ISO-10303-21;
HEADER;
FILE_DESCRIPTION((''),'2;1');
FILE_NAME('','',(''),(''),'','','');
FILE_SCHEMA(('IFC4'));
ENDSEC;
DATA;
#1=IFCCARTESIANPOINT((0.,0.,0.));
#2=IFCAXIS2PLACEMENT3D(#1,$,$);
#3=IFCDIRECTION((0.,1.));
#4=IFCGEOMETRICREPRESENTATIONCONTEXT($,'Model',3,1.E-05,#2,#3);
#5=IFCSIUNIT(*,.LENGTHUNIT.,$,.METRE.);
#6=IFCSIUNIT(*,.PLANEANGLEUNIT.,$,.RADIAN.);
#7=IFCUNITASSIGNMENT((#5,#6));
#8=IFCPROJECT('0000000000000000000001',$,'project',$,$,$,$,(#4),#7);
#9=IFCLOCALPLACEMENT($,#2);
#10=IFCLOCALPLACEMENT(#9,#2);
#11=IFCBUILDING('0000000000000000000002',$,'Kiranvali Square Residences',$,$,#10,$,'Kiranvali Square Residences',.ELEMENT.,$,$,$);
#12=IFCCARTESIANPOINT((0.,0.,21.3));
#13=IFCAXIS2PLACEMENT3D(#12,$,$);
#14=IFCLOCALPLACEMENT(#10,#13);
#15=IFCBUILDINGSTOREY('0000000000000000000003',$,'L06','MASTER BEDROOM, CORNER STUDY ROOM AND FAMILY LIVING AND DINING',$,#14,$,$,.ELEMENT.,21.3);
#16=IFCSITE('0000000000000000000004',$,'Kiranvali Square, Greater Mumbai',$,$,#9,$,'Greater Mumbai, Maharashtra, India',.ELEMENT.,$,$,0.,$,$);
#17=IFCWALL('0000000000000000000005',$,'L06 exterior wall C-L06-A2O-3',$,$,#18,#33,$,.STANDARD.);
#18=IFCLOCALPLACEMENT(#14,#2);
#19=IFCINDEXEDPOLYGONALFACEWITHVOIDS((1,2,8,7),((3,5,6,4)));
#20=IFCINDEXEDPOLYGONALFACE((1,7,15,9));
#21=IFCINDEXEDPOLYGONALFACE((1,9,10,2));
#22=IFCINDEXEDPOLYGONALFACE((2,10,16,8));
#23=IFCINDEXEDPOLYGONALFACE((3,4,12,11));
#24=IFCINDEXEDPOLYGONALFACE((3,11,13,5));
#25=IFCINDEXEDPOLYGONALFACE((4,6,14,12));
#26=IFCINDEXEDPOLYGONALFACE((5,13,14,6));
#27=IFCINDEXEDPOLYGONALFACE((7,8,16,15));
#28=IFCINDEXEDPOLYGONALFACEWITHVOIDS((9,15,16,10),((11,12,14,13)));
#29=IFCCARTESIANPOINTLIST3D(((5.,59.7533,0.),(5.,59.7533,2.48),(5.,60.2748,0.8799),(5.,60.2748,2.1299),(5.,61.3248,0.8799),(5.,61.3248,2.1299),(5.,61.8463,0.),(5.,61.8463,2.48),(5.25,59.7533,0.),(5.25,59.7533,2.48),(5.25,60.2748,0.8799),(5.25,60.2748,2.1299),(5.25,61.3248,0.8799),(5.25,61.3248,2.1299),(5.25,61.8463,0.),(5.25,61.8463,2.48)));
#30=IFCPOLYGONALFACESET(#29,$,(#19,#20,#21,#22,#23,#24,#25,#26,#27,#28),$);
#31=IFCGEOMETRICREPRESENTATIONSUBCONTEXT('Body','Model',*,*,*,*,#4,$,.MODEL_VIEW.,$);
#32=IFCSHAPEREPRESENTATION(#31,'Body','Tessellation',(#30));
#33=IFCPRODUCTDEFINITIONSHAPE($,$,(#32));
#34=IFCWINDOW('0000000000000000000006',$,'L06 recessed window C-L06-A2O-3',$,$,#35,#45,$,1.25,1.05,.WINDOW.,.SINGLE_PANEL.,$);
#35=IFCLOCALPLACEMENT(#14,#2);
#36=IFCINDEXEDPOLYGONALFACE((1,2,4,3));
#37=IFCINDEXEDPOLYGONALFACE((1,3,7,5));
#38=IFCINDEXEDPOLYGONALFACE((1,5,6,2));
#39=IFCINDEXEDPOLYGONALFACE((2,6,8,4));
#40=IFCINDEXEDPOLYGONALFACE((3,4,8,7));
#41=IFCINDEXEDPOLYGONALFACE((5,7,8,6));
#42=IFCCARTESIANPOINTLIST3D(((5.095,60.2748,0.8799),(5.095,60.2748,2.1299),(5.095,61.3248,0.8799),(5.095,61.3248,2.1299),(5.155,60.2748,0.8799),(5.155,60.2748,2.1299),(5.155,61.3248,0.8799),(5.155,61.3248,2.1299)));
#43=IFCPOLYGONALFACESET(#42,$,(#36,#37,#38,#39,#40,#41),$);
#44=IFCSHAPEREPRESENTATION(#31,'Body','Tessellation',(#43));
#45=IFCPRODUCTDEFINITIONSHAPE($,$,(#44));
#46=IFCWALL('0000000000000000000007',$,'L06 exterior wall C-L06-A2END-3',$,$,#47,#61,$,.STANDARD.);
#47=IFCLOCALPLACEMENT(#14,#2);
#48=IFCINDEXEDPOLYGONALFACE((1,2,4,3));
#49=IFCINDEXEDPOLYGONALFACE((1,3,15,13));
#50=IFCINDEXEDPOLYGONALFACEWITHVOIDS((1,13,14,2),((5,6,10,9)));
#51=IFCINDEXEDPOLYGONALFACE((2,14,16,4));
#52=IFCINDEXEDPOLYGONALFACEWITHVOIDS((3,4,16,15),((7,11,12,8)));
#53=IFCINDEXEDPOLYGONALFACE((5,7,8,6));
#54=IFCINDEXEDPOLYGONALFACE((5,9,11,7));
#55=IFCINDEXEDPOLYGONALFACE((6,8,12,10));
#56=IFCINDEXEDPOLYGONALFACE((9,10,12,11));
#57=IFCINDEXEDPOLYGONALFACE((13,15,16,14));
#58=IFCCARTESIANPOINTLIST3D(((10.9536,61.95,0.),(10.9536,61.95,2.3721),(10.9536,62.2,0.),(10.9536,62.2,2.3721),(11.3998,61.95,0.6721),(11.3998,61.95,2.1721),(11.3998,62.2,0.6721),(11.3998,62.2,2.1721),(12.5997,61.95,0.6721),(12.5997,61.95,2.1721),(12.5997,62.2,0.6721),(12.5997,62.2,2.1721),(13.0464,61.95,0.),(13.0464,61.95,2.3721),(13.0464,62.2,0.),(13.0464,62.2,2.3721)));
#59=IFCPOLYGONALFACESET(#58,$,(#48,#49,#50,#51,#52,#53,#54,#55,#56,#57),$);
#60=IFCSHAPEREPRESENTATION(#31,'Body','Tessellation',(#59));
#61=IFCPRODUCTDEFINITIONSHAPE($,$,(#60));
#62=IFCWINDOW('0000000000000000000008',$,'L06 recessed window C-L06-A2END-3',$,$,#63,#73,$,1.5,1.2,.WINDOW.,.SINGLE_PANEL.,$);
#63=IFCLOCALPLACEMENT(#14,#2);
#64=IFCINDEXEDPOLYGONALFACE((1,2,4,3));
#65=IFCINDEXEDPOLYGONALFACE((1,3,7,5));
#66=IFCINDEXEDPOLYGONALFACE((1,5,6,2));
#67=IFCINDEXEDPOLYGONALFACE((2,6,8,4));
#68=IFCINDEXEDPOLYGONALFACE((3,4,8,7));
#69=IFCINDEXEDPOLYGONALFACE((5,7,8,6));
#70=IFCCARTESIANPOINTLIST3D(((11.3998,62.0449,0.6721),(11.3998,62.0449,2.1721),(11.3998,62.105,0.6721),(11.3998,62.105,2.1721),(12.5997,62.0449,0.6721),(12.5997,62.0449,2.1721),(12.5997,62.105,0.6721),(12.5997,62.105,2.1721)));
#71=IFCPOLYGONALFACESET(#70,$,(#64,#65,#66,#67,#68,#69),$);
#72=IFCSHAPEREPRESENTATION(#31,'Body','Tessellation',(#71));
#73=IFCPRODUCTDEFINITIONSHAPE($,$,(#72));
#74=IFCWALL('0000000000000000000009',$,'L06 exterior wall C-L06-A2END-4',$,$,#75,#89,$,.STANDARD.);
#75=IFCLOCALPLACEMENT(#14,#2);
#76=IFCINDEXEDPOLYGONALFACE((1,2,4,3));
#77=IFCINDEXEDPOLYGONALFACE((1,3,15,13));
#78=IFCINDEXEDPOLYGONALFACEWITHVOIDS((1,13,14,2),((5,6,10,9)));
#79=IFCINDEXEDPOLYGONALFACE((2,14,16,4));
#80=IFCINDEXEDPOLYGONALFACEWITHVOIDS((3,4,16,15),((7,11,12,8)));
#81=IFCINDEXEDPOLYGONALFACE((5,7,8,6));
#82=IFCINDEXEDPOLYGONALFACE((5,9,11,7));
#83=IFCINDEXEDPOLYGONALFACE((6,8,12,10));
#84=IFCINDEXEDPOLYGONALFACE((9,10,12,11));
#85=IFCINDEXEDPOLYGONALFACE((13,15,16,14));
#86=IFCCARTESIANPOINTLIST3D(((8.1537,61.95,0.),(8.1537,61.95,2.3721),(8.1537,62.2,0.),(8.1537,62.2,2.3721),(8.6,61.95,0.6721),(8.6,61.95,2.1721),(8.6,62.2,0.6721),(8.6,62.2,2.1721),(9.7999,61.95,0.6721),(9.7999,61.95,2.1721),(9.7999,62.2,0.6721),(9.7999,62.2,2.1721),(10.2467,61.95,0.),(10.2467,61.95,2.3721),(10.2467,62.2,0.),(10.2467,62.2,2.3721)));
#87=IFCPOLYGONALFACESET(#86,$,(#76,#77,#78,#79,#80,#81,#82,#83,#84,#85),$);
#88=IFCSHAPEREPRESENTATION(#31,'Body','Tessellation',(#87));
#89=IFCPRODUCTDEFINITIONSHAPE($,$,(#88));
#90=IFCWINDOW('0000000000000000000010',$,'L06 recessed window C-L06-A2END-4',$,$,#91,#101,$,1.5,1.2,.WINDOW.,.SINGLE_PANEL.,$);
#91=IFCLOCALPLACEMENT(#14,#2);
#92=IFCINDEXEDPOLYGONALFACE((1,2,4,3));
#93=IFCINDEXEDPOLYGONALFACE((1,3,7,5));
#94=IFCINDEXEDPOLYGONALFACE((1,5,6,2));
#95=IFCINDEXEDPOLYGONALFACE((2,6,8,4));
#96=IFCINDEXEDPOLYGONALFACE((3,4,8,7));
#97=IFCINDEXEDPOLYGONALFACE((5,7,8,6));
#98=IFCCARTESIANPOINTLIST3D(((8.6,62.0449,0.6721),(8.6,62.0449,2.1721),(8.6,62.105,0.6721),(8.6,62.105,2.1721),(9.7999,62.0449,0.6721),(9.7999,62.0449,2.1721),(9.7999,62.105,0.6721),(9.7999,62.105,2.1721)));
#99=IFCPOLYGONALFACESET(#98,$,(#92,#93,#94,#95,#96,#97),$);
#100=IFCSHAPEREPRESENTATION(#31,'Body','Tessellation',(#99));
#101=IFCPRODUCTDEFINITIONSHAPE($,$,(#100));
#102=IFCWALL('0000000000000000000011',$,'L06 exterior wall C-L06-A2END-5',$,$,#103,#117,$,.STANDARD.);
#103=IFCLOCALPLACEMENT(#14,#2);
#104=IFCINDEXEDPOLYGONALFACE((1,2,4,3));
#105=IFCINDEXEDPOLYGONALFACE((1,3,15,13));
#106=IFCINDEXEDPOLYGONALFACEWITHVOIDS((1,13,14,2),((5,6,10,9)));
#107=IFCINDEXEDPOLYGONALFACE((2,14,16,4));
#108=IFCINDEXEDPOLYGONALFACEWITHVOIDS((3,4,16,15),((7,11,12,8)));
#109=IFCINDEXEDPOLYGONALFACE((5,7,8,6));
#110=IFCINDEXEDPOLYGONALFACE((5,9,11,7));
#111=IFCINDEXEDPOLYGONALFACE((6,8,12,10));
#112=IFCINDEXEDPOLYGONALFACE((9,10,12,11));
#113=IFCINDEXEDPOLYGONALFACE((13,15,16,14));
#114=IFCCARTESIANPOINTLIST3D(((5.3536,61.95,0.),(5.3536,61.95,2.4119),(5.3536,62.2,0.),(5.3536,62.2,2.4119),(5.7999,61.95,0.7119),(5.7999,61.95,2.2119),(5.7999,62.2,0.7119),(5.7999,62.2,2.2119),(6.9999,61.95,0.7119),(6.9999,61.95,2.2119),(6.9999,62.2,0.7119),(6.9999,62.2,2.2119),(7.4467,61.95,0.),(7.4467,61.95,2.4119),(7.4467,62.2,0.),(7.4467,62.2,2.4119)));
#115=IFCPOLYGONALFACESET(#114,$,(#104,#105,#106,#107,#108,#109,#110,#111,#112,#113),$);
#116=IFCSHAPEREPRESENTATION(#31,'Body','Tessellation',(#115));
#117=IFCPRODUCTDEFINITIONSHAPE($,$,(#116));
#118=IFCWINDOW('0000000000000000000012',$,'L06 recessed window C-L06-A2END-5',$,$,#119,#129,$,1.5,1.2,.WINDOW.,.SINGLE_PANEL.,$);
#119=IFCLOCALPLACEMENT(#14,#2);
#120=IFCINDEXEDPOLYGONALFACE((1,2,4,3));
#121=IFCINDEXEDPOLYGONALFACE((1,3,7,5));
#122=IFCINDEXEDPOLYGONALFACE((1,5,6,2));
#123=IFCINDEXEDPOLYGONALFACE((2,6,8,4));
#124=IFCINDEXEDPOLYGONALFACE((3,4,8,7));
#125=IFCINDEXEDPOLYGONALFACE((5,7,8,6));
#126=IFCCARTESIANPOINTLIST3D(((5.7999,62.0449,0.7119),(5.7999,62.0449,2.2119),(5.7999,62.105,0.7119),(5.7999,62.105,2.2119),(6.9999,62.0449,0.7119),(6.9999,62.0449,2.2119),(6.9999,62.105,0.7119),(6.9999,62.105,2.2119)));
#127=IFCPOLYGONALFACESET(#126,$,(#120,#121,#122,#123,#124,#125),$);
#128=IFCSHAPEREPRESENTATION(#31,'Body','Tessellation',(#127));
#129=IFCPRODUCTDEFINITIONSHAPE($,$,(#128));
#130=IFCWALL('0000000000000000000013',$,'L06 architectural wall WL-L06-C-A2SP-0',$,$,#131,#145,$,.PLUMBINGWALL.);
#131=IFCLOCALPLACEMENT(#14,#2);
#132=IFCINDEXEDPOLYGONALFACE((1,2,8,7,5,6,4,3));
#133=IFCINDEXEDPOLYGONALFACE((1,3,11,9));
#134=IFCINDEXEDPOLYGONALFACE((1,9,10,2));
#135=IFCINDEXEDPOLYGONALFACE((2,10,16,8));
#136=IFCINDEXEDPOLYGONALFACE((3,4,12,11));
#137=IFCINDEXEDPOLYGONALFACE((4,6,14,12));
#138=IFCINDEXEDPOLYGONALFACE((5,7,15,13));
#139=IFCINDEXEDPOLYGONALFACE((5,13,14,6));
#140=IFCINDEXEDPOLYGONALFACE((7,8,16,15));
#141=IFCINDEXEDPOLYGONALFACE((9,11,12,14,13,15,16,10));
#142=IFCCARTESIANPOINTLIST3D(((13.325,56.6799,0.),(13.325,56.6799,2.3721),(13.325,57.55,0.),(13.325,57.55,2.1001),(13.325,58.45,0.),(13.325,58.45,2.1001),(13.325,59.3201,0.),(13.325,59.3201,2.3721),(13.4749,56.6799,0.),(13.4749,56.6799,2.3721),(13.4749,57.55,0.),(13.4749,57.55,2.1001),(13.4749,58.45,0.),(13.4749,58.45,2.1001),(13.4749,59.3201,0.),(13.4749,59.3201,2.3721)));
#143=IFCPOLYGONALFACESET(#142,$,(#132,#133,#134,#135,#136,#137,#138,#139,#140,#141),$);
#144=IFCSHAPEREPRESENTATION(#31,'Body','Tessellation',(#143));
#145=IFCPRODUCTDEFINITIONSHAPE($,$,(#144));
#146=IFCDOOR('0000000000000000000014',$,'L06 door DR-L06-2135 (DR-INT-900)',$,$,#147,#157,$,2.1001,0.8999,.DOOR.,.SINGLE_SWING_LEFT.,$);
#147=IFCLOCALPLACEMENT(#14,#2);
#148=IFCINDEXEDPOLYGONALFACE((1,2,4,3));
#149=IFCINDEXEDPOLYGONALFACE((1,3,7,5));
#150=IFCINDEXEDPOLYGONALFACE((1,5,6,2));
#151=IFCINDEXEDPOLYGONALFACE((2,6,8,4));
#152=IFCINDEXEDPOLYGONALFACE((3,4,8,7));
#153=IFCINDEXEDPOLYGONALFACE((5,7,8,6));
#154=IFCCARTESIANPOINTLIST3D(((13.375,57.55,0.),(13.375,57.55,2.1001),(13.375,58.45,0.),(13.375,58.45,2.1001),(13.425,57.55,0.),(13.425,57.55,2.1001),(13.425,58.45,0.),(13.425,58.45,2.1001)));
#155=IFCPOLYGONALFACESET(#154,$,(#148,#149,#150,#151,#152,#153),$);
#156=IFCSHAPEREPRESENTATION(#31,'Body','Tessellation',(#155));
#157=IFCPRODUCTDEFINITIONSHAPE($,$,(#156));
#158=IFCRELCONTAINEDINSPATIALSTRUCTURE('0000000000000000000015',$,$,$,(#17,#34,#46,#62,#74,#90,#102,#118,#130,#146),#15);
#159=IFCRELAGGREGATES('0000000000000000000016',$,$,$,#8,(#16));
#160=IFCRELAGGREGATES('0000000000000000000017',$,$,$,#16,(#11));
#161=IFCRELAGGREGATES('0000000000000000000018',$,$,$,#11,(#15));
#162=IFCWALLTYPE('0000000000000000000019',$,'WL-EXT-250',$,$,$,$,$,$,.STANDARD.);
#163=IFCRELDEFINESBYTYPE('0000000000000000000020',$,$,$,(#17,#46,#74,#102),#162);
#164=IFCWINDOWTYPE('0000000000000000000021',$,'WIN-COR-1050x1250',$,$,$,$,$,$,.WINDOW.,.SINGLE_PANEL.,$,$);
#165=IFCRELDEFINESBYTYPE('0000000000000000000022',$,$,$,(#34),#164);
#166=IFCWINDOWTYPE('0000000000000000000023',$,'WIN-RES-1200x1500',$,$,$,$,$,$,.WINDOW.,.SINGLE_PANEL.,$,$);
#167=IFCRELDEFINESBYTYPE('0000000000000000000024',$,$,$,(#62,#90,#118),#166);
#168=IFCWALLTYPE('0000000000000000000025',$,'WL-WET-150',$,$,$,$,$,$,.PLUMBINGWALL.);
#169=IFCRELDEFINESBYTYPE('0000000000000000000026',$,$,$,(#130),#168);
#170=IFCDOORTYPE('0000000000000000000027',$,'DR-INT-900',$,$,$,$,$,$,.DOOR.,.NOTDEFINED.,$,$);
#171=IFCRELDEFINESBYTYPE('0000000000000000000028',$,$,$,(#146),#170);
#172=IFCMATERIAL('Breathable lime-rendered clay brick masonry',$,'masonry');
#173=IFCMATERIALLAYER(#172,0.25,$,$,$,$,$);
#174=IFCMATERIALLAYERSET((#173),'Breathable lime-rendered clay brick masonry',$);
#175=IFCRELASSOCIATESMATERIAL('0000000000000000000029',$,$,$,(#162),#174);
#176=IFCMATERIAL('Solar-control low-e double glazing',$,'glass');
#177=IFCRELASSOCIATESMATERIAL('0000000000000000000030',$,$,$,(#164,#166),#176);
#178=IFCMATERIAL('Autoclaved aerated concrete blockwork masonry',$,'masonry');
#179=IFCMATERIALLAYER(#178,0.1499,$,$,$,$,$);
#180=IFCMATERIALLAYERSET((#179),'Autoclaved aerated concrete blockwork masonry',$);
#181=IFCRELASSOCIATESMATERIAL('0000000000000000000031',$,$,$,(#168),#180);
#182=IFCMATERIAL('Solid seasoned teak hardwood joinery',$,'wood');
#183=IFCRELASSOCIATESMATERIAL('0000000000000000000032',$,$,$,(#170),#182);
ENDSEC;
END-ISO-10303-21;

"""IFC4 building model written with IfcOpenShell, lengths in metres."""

from ifc_helpers import new_model, si_unit, direction, frame, frame_2d, origin, place, context, subcontext, project, spatial, rectangle, extrude, material, layer, layer_set, type_object, element, fill, save


model = new_model("IFC4")

# Units and contexts
model_context = context("Model", 3, precision=1e-05, world=origin(), true_north=direction((0.0, 1.0)))
body_context = subcontext(model_context, "Body", "Model", "MODEL_VIEW")
ifc_project = project(units=[si_unit("LENGTHUNIT", "METRE"), si_unit("PLANEANGLEUNIT", "RADIAN")], contexts=[model_context])

# Site, building, storey
site_placement = place(None, origin())
site = spatial("IfcSite", under=ifc_project, at=site_placement, Name="Kiranvali Square, Greater Mumbai", LongName="Greater Mumbai, Maharashtra, India", CompositionType="ELEMENT", RefElevation=0.0)
building_placement = place(site_placement, origin())
building = spatial("IfcBuilding", under=site, at=building_placement, Name="Kiranvali Square Residences", LongName="Kiranvali Square Residences", CompositionType="ELEMENT")
storey_placement = place(building_placement, frame((0.0, 0.0, 21.3)))
storey = spatial("IfcBuildingStorey", under=building, at=storey_placement, Name="L06", Description="MASTER BEDROOM, CORNER STUDY ROOM AND FAMILY LIVING AND DINING", CompositionType="ELEMENT", Elevation=21.3)

# Walls, openings, windows
ifc_material_1 = material(Name="Breathable lime-rendered clay brick masonry", Category="masonry")
ifc_layer_1 = layer(ifc_material_1, 0.25)
ifc_layer_set_1 = layer_set([ifc_layer_1], Name="Breathable lime-rendered clay brick masonry")
wall_type_1 = type_object("IfcWallType", Name="WL-EXT-250", PredefinedType="STANDARD", material=ifc_layer_set_1)
ifc_material_2 = material(Name="Solar-control low-e double glazing", Category="glass")
window_type_1 = type_object("IfcWindowType", Name="WIN-COR-1050x1250", PartitioningType="SINGLE_PANEL", PredefinedType="WINDOW", material=ifc_material_2)
wall_1_placement = place(storey_placement, frame((5.125, 59.7534, 0.0), z_axis=(0.0, 0.0, 1.0), x_axis=(0.0, 1.0, 0.0)))
wall_1 = element("IfcWall", 1, at=wall_1_placement, inside=storey, type_object=wall_type_1, Name="L06 exterior wall C-L06-A2O-3", PredefinedType="STANDARD", context=body_context, shape_type="SweptSolid", body=[
    extrude(rectangle(XDim=2.093, YDim=0.25, at=frame_2d((1.0464, 0.0))), origin(), (0.0, 0.0, 1.0), 2.48),
])
opening_1_placement = place(wall_1_placement, frame((0.5215, 0.0, 0.8799)))
opening_1 = element("IfcOpeningElement", 2, at=opening_1_placement, cuts=wall_1, PredefinedType="OPENING", context=body_context, shape_type="SweptSolid", body=[
    extrude(rectangle(XDim=1.05, YDim=1.25, at=frame_2d((0.5249, 0.625))), frame((0.0, 0.135, 0.0), z_axis=(0.0, -1.0, 0.0), x_axis=(1.0, 0.0, 0.0)), (0.0, 0.0, 1.0), 0.27),
])
window_1_placement = place(opening_1_placement, origin())
window_1 = element("IfcWindow", 3, at=window_1_placement, inside=storey, type_object=window_type_1, Name="L06 recessed window C-L06-A2O-3", OverallHeight=1.25, OverallWidth=1.05, PartitioningType="SINGLE_PANEL", PredefinedType="WINDOW", context=body_context, shape_type="SweptSolid", body=[
    extrude(rectangle(XDim=1.05, YDim=1.25, at=frame_2d((0.5249, 0.625))), frame((0.0, 0.03, 0.0), z_axis=(0.0, -1.0, 0.0), x_axis=(1.0, 0.0, 0.0)), (0.0, 0.0, 1.0), 0.0601),
])
fill(opening_1, window_1)
wall_2_placement = place(storey_placement, frame((13.0464, 62.075, 0.0), z_axis=(0.0, 0.0, 1.0), x_axis=(-1.0, 0.0, 0.0)))
wall_2 = element("IfcWall", 4, at=wall_2_placement, inside=storey, type_object=wall_type_1, Name="L06 exterior wall C-L06-A2END-3", PredefinedType="STANDARD", context=body_context, shape_type="SweptSolid", body=[
    extrude(rectangle(XDim=2.0928, YDim=0.25, at=frame_2d((1.0464, 0.0))), origin(), (0.0, 0.0, 1.0), 2.3721),
])
opening_2_placement = place(wall_2_placement, frame((0.4465, 0.0, 0.6721)))
opening_2 = element("IfcOpeningElement", 5, at=opening_2_placement, cuts=wall_2, PredefinedType="OPENING", context=body_context, shape_type="SweptSolid", body=[
    extrude(rectangle(XDim=1.2, YDim=1.5, at=frame_2d((0.6001, 0.75))), frame((0.0, 0.135, 0.0), z_axis=(0.0, -1.0, 0.0), x_axis=(1.0, 0.0, 0.0)), (0.0, 0.0, 1.0), 0.27),
])
window_type_2 = type_object("IfcWindowType", Name="WIN-RES-1200x1500", PartitioningType="SINGLE_PANEL", PredefinedType="WINDOW", material=ifc_material_2)
window_2_placement = place(opening_2_placement, origin())
window_2 = element("IfcWindow", 6, at=window_2_placement, inside=storey, type_object=window_type_2, Name="L06 recessed window C-L06-A2END-3", OverallHeight=1.5, OverallWidth=1.2, PartitioningType="SINGLE_PANEL", PredefinedType="WINDOW", context=body_context, shape_type="SweptSolid", body=[
    extrude(rectangle(XDim=1.2, YDim=1.5, at=frame_2d((0.6001, 0.75))), frame((0.0, 0.03, 0.0), z_axis=(0.0, -1.0, 0.0), x_axis=(1.0, 0.0, 0.0)), (0.0, 0.0, 1.0), 0.0601),
])
fill(opening_2, window_2)
wall_3_placement = place(storey_placement, frame((10.2466, 62.075, 0.0), z_axis=(0.0, 0.0, 1.0), x_axis=(-1.0, 0.0, 0.0)))
wall_3 = element("IfcWall", 7, at=wall_3_placement, inside=storey, type_object=wall_type_1, Name="L06 exterior wall C-L06-A2END-4", PredefinedType="STANDARD", context=body_context, shape_type="SweptSolid", body=[
    extrude(rectangle(XDim=2.093, YDim=0.25, at=frame_2d((1.0464, 0.0))), origin(), (0.0, 0.0, 1.0), 2.3721),
])
opening_3_placement = place(wall_3_placement, frame((0.4465, 0.0, 0.6721)))
opening_3 = element("IfcOpeningElement", 8, at=opening_3_placement, cuts=wall_3, PredefinedType="OPENING", context=body_context, shape_type="SweptSolid", body=[
    extrude(rectangle(XDim=1.2, YDim=1.5, at=frame_2d((0.6001, 0.75))), frame((0.0, 0.135, 0.0), z_axis=(0.0, -1.0, 0.0), x_axis=(1.0, 0.0, 0.0)), (0.0, 0.0, 1.0), 0.27),
])
window_3_placement = place(opening_3_placement, origin())
window_3 = element("IfcWindow", 9, at=window_3_placement, inside=storey, type_object=window_type_2, Name="L06 recessed window C-L06-A2END-4", OverallHeight=1.5, OverallWidth=1.2, PartitioningType="SINGLE_PANEL", PredefinedType="WINDOW", context=body_context, shape_type="SweptSolid", body=[
    extrude(rectangle(XDim=1.2, YDim=1.5, at=frame_2d((0.6001, 0.75))), frame((0.0, 0.03, 0.0), z_axis=(0.0, -1.0, 0.0), x_axis=(1.0, 0.0, 0.0)), (0.0, 0.0, 1.0), 0.0601),
])
fill(opening_3, window_3)
wall_4_placement = place(storey_placement, frame((7.4465, 62.075, 0.0), z_axis=(0.0, 0.0, 1.0), x_axis=(-1.0, 0.0, 0.0)))
wall_4 = element("IfcWall", 10, at=wall_4_placement, inside=storey, type_object=wall_type_1, Name="L06 exterior wall C-L06-A2END-5", PredefinedType="STANDARD", context=body_context, shape_type="SweptSolid", body=[
    extrude(rectangle(XDim=2.093, YDim=0.25, at=frame_2d((1.0464, 0.0))), origin(), (0.0, 0.0, 1.0), 2.4119),
])
opening_4_placement = place(wall_4_placement, frame((0.4465, 0.0, 0.7119)))
opening_4 = element("IfcOpeningElement", 11, at=opening_4_placement, cuts=wall_4, PredefinedType="OPENING", context=body_context, shape_type="SweptSolid", body=[
    extrude(rectangle(XDim=1.2, YDim=1.5, at=frame_2d((0.6001, 0.75))), frame((0.0, 0.135, 0.0), z_axis=(0.0, -1.0, 0.0), x_axis=(1.0, 0.0, 0.0)), (0.0, 0.0, 1.0), 0.27),
])
window_4_placement = place(opening_4_placement, origin())
window_4 = element("IfcWindow", 12, at=window_4_placement, inside=storey, type_object=window_type_2, Name="L06 recessed window C-L06-A2END-5", OverallHeight=1.5, OverallWidth=1.2, PartitioningType="SINGLE_PANEL", PredefinedType="WINDOW", context=body_context, shape_type="SweptSolid", body=[
    extrude(rectangle(XDim=1.2, YDim=1.5, at=frame_2d((0.6001, 0.75))), frame((0.0, 0.03, 0.0), z_axis=(0.0, -1.0, 0.0), x_axis=(1.0, 0.0, 0.0)), (0.0, 0.0, 1.0), 0.0601),
])
fill(opening_4, window_4)

# Wall, opening, door
ifc_material_3 = material(Name="Autoclaved aerated concrete blockwork masonry", Category="masonry")
ifc_layer_2 = layer(ifc_material_3, 0.1499)
ifc_layer_set_2 = layer_set([ifc_layer_2], Name="Autoclaved aerated concrete blockwork masonry")
wall_type_2 = type_object("IfcWallType", Name="WL-WET-150", PredefinedType="PLUMBINGWALL", material=ifc_layer_set_2)
wall_5_placement = place(storey_placement, frame((13.3999, 56.6799, 0.0), z_axis=(0.0, 0.0, 1.0), x_axis=(0.0, 1.0, 0.0)))
wall_5 = element("IfcWall", 13, at=wall_5_placement, inside=storey, type_object=wall_type_2, Name="L06 architectural wall WL-L06-C-A2SP-0", PredefinedType="PLUMBINGWALL", context=body_context, shape_type="SweptSolid", body=[
    extrude(rectangle(XDim=2.6401, YDim=0.1499, at=frame_2d((1.3201, 0.0))), origin(), (0.0, 0.0, 1.0), 2.3721),
])
opening_5_placement = place(wall_5_placement, frame((0.8701, 0.0, 0.0)))
opening_5 = element("IfcOpeningElement", 14, at=opening_5_placement, cuts=wall_5, PredefinedType="OPENING", context=body_context, shape_type="SweptSolid", body=[
    extrude(rectangle(XDim=0.8999, YDim=2.1001, at=frame_2d((0.45, 1.05))), frame((0.0, 0.085, 0.0), z_axis=(0.0, -1.0, 0.0), x_axis=(1.0, 0.0, 0.0)), (0.0, 0.0, 1.0), 0.1699),
])
ifc_material_4 = material(Name="Solid seasoned teak hardwood joinery", Category="wood")
door_type_1 = type_object("IfcDoorType", Name="DR-INT-900", OperationType="NOTDEFINED", PredefinedType="DOOR", material=ifc_material_4)
door_1_placement = place(opening_5_placement, origin())
door_1 = element("IfcDoor", 15, at=door_1_placement, inside=storey, type_object=door_type_1, Name="L06 door DR-L06-2135 (DR-INT-900)", OperationType="SINGLE_SWING_LEFT", OverallHeight=2.1001, OverallWidth=0.8999, PredefinedType="DOOR", context=body_context, shape_type="SweptSolid", body=[
    extrude(rectangle(XDim=0.8999, YDim=2.1001, at=frame_2d((0.45, 1.05))), frame((0.0, 0.0249, 0.0), z_axis=(0.0, -1.0, 0.0), x_axis=(1.0, 0.0, 0.0)), (0.0, 0.0, 1.0), 0.05),
])
fill(opening_5, door_1)

save(model, "model.ifc")
